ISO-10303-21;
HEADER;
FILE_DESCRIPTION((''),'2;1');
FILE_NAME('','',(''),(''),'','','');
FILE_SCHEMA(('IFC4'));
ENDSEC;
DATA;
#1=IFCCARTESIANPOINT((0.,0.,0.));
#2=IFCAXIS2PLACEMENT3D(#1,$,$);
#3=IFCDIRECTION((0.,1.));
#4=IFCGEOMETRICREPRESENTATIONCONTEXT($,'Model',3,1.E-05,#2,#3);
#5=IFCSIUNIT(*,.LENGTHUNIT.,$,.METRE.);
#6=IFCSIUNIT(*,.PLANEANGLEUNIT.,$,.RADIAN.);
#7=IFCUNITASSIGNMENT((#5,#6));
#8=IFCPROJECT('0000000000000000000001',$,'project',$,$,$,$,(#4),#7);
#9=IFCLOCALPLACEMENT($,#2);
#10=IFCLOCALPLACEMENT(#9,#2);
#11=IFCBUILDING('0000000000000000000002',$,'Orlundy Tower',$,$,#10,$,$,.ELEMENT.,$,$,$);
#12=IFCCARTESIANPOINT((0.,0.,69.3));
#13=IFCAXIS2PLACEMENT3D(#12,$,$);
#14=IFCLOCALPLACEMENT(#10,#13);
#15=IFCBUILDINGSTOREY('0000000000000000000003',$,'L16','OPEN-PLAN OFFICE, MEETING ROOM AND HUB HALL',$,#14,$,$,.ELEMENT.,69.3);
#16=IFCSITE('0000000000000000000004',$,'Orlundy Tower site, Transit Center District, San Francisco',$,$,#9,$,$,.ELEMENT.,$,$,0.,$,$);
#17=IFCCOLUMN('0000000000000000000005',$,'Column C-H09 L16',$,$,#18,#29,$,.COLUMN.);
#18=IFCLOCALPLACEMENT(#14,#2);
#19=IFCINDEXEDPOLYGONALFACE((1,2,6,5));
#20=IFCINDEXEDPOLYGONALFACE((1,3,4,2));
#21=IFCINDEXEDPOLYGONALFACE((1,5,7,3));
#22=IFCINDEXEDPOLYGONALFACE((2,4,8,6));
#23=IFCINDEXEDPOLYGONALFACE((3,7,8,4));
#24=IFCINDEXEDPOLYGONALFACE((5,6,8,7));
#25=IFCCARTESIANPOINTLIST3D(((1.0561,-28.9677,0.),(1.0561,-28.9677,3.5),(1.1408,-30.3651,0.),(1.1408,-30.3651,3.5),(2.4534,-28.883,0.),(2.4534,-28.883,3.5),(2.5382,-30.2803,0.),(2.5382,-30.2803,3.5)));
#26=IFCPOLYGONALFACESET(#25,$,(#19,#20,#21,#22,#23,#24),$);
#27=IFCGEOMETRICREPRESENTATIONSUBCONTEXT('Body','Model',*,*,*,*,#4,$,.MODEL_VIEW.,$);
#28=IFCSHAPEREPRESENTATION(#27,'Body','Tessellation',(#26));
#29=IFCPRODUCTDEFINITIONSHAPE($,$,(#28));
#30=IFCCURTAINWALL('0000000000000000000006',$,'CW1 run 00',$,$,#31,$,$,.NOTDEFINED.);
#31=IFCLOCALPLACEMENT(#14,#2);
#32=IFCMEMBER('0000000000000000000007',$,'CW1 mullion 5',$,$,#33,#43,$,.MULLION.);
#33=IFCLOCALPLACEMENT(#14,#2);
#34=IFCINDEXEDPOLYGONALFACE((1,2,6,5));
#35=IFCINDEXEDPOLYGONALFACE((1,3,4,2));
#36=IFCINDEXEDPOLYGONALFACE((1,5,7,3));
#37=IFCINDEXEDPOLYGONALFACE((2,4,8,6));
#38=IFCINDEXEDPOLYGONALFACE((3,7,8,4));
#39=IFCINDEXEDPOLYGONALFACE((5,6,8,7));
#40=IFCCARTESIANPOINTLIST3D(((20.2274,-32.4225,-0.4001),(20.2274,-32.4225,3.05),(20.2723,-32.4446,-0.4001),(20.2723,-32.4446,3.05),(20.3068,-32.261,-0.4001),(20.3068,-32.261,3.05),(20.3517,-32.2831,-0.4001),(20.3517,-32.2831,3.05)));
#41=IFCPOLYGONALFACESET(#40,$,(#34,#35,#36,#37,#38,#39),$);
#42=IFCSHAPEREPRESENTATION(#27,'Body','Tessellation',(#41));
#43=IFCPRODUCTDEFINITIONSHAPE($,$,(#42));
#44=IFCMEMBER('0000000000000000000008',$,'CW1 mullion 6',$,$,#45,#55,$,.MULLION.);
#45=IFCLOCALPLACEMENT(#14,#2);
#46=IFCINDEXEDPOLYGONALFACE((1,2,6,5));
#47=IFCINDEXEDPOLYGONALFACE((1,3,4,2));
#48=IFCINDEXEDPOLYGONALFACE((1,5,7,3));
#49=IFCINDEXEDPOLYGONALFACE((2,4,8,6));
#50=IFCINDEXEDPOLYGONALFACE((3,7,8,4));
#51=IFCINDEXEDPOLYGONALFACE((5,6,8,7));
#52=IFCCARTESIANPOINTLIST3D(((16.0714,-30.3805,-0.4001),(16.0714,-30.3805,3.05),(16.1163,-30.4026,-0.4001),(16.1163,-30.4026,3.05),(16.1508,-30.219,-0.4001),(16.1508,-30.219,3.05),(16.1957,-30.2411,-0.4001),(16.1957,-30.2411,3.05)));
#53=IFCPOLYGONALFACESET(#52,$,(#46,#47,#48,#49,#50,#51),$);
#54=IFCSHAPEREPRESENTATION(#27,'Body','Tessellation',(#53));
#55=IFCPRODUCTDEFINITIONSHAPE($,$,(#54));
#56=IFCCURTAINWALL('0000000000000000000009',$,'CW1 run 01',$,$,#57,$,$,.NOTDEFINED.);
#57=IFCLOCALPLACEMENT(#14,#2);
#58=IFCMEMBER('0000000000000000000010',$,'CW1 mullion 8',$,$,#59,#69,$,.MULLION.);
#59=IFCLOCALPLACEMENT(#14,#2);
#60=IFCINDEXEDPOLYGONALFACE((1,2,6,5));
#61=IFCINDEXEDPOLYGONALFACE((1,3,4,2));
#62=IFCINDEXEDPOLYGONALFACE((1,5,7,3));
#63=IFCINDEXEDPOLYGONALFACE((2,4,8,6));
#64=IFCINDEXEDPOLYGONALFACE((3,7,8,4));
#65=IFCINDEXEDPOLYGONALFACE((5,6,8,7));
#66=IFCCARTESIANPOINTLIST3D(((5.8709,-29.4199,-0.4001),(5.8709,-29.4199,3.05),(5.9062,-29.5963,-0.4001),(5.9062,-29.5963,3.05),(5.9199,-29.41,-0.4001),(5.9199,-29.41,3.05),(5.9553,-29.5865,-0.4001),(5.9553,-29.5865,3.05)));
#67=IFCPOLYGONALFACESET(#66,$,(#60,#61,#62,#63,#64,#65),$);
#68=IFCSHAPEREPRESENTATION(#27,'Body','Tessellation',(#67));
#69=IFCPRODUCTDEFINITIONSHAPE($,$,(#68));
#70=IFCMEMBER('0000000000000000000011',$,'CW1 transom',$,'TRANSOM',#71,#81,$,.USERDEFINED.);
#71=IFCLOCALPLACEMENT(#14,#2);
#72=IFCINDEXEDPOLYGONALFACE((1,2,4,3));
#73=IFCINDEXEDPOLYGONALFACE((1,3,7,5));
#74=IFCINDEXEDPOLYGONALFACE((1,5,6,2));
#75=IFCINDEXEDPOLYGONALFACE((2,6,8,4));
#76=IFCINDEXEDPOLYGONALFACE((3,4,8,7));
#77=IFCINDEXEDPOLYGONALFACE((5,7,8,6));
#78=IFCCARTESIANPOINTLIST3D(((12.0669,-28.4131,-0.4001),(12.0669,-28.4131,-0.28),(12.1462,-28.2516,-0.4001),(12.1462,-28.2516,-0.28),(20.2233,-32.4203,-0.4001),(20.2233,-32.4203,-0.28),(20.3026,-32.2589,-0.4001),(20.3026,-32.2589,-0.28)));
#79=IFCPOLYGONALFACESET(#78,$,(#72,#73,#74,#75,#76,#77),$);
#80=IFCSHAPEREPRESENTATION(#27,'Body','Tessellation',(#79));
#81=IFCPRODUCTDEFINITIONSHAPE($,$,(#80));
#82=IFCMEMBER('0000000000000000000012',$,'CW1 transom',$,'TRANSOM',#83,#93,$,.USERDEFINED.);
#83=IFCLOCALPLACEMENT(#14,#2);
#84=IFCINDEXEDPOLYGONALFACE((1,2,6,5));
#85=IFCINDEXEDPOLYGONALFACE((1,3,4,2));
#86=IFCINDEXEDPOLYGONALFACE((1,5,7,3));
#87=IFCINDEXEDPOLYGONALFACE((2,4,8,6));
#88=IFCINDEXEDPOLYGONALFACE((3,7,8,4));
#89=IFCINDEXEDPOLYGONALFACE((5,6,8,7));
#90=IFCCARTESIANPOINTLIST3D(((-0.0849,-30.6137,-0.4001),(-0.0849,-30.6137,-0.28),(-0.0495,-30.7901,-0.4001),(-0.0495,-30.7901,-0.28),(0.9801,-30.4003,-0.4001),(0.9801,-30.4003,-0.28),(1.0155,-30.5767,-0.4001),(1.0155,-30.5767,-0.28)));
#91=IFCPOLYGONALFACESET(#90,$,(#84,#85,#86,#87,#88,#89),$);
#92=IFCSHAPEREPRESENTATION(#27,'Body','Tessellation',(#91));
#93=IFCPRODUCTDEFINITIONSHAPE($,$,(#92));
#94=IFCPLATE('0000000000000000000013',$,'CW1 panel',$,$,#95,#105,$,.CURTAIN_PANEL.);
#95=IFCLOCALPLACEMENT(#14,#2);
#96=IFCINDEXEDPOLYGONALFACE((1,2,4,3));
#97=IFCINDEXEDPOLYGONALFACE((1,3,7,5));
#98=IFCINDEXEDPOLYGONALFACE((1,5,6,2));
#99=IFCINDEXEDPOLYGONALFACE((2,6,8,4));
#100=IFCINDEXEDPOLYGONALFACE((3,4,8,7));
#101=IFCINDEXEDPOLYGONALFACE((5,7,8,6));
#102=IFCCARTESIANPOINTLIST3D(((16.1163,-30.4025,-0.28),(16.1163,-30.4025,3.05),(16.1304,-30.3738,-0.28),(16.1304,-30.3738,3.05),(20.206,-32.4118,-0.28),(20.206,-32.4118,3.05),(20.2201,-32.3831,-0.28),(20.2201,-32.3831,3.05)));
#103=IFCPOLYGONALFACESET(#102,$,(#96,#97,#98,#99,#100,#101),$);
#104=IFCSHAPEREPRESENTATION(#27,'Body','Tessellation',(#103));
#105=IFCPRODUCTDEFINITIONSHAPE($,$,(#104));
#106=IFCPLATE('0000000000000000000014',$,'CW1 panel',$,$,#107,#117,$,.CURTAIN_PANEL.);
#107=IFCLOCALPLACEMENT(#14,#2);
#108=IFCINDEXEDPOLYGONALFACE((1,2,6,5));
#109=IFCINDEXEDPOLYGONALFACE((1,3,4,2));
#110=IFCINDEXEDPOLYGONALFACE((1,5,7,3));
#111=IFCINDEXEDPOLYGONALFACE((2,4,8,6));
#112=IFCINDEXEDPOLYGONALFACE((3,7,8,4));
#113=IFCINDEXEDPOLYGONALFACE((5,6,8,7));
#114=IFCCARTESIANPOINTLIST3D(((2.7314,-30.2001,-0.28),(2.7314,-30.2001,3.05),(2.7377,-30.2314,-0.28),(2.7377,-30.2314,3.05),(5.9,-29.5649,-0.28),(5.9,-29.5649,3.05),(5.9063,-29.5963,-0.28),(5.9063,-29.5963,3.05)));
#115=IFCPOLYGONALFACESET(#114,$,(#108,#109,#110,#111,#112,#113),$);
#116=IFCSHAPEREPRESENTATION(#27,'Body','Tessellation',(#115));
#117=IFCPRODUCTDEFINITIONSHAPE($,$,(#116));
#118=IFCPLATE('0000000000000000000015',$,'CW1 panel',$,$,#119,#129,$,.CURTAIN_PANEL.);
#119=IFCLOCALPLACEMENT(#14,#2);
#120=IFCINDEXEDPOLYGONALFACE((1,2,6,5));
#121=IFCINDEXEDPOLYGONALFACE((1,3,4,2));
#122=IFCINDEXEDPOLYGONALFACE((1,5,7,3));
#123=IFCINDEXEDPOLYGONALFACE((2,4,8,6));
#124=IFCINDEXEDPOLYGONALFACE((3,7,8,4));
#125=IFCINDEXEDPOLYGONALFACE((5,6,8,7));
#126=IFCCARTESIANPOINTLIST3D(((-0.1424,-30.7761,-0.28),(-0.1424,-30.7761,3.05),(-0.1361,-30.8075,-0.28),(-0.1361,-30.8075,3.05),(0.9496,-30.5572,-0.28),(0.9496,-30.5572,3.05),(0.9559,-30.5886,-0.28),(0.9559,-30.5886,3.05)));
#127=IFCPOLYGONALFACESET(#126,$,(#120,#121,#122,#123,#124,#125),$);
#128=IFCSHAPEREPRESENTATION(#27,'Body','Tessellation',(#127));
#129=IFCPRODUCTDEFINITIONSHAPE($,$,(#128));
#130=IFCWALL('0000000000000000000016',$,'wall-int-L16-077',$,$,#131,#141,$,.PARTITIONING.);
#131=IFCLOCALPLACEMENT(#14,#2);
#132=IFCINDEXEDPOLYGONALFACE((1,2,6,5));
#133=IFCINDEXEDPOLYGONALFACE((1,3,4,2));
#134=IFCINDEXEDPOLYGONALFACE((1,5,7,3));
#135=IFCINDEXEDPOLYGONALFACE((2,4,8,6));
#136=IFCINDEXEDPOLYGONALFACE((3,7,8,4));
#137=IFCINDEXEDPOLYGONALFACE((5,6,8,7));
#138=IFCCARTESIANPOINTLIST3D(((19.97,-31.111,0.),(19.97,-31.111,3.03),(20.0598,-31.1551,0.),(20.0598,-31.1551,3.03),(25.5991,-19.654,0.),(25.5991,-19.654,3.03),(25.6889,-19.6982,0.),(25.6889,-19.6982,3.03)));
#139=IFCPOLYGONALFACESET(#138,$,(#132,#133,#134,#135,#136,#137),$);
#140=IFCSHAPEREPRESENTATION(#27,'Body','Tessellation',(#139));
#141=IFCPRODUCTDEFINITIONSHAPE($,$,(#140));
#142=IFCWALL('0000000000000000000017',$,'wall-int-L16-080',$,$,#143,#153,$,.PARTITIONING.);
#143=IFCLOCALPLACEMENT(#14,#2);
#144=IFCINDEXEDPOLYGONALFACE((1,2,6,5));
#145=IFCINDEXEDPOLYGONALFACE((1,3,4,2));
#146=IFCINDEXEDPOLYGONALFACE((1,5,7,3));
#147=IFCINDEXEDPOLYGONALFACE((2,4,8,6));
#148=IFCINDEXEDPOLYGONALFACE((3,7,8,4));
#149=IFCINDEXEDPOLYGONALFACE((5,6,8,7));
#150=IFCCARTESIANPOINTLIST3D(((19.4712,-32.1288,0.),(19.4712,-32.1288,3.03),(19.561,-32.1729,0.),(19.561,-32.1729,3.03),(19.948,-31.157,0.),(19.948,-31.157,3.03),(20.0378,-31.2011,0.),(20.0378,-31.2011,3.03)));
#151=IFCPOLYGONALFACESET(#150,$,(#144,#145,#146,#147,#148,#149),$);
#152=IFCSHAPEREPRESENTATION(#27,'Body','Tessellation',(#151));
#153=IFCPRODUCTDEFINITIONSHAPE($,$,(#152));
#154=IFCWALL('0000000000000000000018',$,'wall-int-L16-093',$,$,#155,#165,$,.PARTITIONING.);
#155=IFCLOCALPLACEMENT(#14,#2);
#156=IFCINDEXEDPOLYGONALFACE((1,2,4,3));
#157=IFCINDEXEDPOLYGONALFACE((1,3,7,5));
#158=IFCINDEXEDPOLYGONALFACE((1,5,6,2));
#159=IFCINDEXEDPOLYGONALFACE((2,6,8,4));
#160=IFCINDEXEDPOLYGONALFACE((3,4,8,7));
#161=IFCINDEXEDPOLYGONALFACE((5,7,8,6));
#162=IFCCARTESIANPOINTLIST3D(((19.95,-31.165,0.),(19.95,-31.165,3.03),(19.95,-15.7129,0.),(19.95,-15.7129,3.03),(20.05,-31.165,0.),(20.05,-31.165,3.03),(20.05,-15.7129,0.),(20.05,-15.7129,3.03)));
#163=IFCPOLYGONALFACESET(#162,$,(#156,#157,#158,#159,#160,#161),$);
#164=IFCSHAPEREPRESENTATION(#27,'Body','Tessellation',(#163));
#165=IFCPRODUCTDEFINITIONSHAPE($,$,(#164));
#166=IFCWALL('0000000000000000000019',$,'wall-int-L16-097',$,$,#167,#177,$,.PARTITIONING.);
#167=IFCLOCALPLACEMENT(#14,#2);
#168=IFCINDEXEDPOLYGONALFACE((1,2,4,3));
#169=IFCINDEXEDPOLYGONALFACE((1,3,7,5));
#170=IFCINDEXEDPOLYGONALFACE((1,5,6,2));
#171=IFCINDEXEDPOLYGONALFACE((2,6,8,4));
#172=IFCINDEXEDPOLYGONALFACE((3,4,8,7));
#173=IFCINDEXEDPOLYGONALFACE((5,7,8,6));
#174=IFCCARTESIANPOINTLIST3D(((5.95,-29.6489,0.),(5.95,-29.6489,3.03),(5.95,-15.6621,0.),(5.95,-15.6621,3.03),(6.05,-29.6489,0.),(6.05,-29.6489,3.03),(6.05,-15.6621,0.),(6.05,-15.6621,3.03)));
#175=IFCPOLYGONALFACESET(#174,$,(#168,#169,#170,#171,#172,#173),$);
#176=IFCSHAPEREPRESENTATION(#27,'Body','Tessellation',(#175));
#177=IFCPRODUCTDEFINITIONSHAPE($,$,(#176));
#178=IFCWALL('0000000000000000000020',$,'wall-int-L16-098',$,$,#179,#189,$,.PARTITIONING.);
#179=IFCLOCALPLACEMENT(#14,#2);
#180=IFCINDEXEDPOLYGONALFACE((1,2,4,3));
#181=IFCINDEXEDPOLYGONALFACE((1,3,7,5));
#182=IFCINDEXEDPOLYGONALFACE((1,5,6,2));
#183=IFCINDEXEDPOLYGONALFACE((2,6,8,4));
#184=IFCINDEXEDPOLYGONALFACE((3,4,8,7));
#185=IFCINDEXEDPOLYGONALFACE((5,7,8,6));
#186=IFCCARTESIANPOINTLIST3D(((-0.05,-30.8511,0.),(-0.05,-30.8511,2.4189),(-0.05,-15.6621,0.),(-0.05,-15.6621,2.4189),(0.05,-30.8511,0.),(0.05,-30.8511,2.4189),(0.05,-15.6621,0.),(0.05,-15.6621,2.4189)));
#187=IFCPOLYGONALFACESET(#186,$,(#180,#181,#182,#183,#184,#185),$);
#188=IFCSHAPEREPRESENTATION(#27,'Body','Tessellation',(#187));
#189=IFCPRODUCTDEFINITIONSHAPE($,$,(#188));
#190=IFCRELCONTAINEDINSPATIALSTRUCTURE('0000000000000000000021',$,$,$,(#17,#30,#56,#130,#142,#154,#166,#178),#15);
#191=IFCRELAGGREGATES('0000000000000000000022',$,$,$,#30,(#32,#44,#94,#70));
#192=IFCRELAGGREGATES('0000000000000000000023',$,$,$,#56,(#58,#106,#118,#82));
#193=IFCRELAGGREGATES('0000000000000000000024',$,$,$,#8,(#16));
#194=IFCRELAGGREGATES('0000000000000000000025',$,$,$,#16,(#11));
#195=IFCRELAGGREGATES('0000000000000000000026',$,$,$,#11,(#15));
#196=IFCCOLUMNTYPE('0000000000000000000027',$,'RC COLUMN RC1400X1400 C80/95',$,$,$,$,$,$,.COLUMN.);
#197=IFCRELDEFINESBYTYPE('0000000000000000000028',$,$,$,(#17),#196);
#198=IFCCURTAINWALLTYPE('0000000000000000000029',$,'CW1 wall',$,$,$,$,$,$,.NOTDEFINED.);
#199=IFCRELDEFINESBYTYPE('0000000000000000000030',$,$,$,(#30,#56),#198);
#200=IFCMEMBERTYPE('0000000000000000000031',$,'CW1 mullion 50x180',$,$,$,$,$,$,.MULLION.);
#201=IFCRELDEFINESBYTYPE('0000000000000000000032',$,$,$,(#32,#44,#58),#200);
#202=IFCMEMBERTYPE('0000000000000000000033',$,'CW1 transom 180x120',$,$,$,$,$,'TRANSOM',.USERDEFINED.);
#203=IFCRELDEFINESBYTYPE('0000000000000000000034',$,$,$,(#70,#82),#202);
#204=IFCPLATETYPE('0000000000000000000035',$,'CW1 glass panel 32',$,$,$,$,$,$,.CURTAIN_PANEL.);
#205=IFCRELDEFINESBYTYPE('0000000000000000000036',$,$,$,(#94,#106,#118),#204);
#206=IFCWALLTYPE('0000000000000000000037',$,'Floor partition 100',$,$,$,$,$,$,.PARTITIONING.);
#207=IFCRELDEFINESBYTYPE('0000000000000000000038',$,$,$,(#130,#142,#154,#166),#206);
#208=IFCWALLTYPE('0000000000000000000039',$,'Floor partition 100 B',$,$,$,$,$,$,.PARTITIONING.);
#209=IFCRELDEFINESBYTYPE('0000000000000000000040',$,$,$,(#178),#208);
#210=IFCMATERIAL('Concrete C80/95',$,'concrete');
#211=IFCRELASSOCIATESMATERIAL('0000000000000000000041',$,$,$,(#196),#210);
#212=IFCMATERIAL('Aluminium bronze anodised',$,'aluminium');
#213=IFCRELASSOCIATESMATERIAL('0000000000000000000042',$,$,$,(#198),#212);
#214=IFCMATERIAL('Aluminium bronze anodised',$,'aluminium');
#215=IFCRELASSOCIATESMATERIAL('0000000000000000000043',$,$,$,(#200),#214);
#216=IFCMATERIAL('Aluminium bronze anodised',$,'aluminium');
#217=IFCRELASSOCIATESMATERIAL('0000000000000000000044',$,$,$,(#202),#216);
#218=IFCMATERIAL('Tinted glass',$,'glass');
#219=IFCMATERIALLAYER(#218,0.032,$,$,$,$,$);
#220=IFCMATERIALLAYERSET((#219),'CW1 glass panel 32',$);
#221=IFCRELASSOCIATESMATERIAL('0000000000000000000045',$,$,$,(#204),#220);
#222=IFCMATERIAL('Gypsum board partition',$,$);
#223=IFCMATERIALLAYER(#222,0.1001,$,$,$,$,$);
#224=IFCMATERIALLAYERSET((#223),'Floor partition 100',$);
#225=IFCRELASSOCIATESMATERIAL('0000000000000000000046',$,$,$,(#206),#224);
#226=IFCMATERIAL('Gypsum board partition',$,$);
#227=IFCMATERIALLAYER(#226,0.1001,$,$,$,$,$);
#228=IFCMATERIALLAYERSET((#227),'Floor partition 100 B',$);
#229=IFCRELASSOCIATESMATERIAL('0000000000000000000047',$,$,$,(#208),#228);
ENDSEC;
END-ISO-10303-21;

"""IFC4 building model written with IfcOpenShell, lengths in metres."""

from ifc_helpers import new_model, si_unit, direction, frame, frame_2d, origin, origin_2d, place, context, subcontext, project, spatial, rectangle, extrude, material, layer, layer_set, material_profile, profile_set, type_object, element, aggregate, save


model = new_model("IFC4")

# Units and contexts
model_context = context("Model", 3, precision=1e-05, world=origin(), true_north=direction((0.0, 1.0)))
body_context = subcontext(model_context, "Body", "Model", "MODEL_VIEW")
ifc_project = project(units=[si_unit("LENGTHUNIT", "METRE"), si_unit("PLANEANGLEUNIT", "RADIAN")], contexts=[model_context])

# Site, building, storey
site_placement = place(None, origin())
site = spatial("IfcSite", under=ifc_project, at=site_placement, Name="Orlundy Tower site, Transit Center District, San Francisco", CompositionType="ELEMENT", RefElevation=0.0)
building_placement = place(site_placement, origin())
building = spatial("IfcBuilding", under=site, at=building_placement, Name="Orlundy Tower", CompositionType="ELEMENT")
storey_placement = place(building_placement, frame((0.0, 0.0, 69.3)))
storey = spatial("IfcBuildingStorey", under=building, at=storey_placement, Name="L16", Description="OPEN-PLAN OFFICE, MEETING ROOM AND HUB HALL", CompositionType="ELEMENT", Elevation=69.3)

# Column
ifc_material_1 = material(Name="Concrete C80/95", Category="concrete")
ifc_material_profile_1 = material_profile(ifc_material_1, rectangle(XDim=1.3999, YDim=1.3999, at=origin_2d()), Name="RC1400X1400")
ifc_profile_set_1 = profile_set([ifc_material_profile_1], Name="Concrete C80/95")
column_type = type_object("IfcColumnType", Name="RC COLUMN RC1400X1400 C80/95", PredefinedType="COLUMN", material=ifc_profile_set_1)
column_placement = place(storey_placement, frame((1.7971, -29.624, 0.0), z_axis=(0.0, 0.0, 1.0), x_axis=(0.060543, -0.998166, 0.0)))
element("IfcColumn", 1, at=column_placement, inside=storey, type_object=column_type, Name="Column C-H09 L16", PredefinedType="COLUMN", context=body_context, shape_type="SweptSolid", body=[
    extrude(rectangle(XDim=1.3999, YDim=1.3999, at=origin_2d()), origin(), (0.0, 0.0, 1.0), 3.5),
])

# Curtain wall, members
ifc_material_2 = material(Name="Aluminium bronze anodised", Category="aluminium")
curtain_wall_type = type_object("IfcCurtainWallType", Name="CW1 wall", PredefinedType="NOTDEFINED", material=ifc_material_2)
curtain_wall_1_placement = place(storey_placement, origin())
curtain_wall_1 = element("IfcCurtainWall", 2, at=curtain_wall_1_placement, inside=storey, type_object=curtain_wall_type, Name="CW1 run 00", PredefinedType="NOTDEFINED")
ifc_material_3 = material(Name="Aluminium bronze anodised", Category="aluminium")
ifc_material_profile_2 = material_profile(ifc_material_3, rectangle(XDim=0.1799, YDim=0.05, at=origin_2d()), Name="CW1 mullion 50x180")
ifc_profile_set_2 = profile_set([ifc_material_profile_2], Name="Aluminium bronze anodised")
member_type_1 = type_object("IfcMemberType", Name="CW1 mullion 50x180", PredefinedType="MULLION", material=ifc_profile_set_2)
member_1_placement = place(storey_placement, frame((20.2896, -32.3528, -0.4001), z_axis=(0.0, 0.0, 1.0), x_axis=(-0.440969, -0.897522, 0.0)))
member_1 = element("IfcMember", 3, at=member_1_placement, type_object=member_type_1, Name="CW1 mullion 5", PredefinedType="MULLION", context=body_context, shape_type="SweptSolid", body=[
    extrude(rectangle(XDim=0.1799, YDim=0.05, at=origin_2d()), origin(), (0.0, 0.0, 1.0), 3.4502),
])
member_2_placement = place(storey_placement, frame((16.1335, -30.3108, -0.4001), z_axis=(0.0, 0.0, 1.0), x_axis=(-0.440969, -0.897522, 0.0)))
member_2 = element("IfcMember", 4, at=member_2_placement, type_object=member_type_1, Name="CW1 mullion 6", PredefinedType="MULLION", context=body_context, shape_type="SweptSolid", body=[
    extrude(rectangle(XDim=0.1799, YDim=0.05, at=origin_2d()), origin(), (0.0, 0.0, 1.0), 3.4502),
])

# Curtain wall, member
curtain_wall_2_placement = place(storey_placement, origin())
curtain_wall_2 = element("IfcCurtainWall", 5, at=curtain_wall_2_placement, inside=storey, type_object=curtain_wall_type, Name="CW1 run 01", PredefinedType="NOTDEFINED")
member_3_placement = place(storey_placement, frame((5.9131, -29.5032, -0.4001), z_axis=(0.0, 0.0, 1.0), x_axis=(0.196532, -0.980497, 0.0)))
member_3 = element("IfcMember", 6, at=member_3_placement, type_object=member_type_1, Name="CW1 mullion 8", PredefinedType="MULLION", context=body_context, shape_type="SweptSolid", body=[
    extrude(rectangle(XDim=0.1799, YDim=0.05, at=origin_2d()), origin(), (0.0, 0.0, 1.0), 3.4502),
])

# Members
ifc_material_4 = material(Name="Aluminium bronze anodised", Category="aluminium")
ifc_material_profile_3 = material_profile(ifc_material_4, rectangle(XDim=0.1799, YDim=0.1201, at=origin_2d()), Name="CW1 transom 180x120")
ifc_profile_set_3 = profile_set([ifc_material_profile_3], Name="Aluminium bronze anodised")
member_type_2 = type_object("IfcMemberType", Name="CW1 transom 180x120", ElementType="TRANSOM", PredefinedType="USERDEFINED", material=ifc_profile_set_3)
member_4_placement = place(storey_placement, frame((20.2629, -32.3396, -0.3401), z_axis=(-0.897527, 0.440959, 0.0), x_axis=(-0.440959, -0.897527, 0.0)))
member_4 = element("IfcMember", 7, at=member_4_placement, type_object=member_type_2, Name="CW1 transom", ObjectType="TRANSOM", PredefinedType="USERDEFINED", context=body_context, shape_type="SweptSolid", body=[
    extrude(rectangle(XDim=0.1799, YDim=0.1201, at=origin_2d()), origin(), (0.0, 0.0, 1.0), 9.0876),
])
member_5_placement = place(storey_placement, frame((0.9978, -30.4885, -0.3401), z_axis=(-0.980511, -0.196462, 0.0), x_axis=(0.196462, -0.980511, 0.0)))
member_5 = element("IfcMember", 8, at=member_5_placement, type_object=member_type_2, Name="CW1 transom", ObjectType="TRANSOM", PredefinedType="USERDEFINED", context=body_context, shape_type="SweptSolid", body=[
    extrude(rectangle(XDim=0.1799, YDim=0.1201, at=origin_2d()), origin(), (0.0, 0.0, 1.0), 1.0862),
])

# Plates
ifc_material_5 = material(Name="Tinted glass", Category="glass")
ifc_layer_1 = layer(ifc_material_5, 0.032)
ifc_layer_set_1 = layer_set([ifc_layer_1], Name="CW1 glass panel 32")
plate_type = type_object("IfcPlateType", Name="CW1 glass panel 32", PredefinedType="CURTAIN_PANEL", material=ifc_layer_set_1)
plate_1_placement = place(storey_placement, frame((18.1682, -31.3928, -0.28), z_axis=(0.0, 0.0, 1.0), x_axis=(-0.897522, 0.440969, 0.0)))
plate_1 = element("IfcPlate", 9, at=plate_1_placement, type_object=plate_type, Name="CW1 panel", PredefinedType="CURTAIN_PANEL", context=body_context, shape_type="SweptSolid", body=[
    extrude(rectangle(XDim=4.5566, YDim=0.032, at=origin_2d()), origin(), (0.0, 0.0, 1.0), 3.3301),
])
aggregate(curtain_wall_1, [member_1, member_2, plate_1, member_4])
plate_2_placement = place(storey_placement, frame((4.3188, -29.8982, -0.28), z_axis=(0.0, 0.0, 1.0), x_axis=(-0.980497, -0.196532, 0.0)))
plate_2 = element("IfcPlate", 10, at=plate_2_placement, type_object=plate_type, Name="CW1 panel", PredefinedType="CURTAIN_PANEL", context=body_context, shape_type="SweptSolid", body=[
    extrude(rectangle(XDim=3.2317, YDim=0.032, at=origin_2d()), origin(), (0.0, 0.0, 1.0), 3.3301),
])
plate_3_placement = place(storey_placement, frame((0.4067, -30.6824, -0.28), z_axis=(0.0, 0.0, 1.0), x_axis=(-0.980497, -0.196532, 0.0)))
plate_3 = element("IfcPlate", 11, at=plate_3_placement, type_object=plate_type, Name="CW1 panel", PredefinedType="CURTAIN_PANEL", context=body_context, shape_type="SweptSolid", body=[
    extrude(rectangle(XDim=1.1138, YDim=0.032, at=origin_2d()), origin(), (0.0, 0.0, 1.0), 3.3301),
])
aggregate(curtain_wall_2, [member_3, plate_2, plate_3, member_5])

# Walls
ifc_material_6 = material(Name="Gypsum board partition")
ifc_layer_2 = layer(ifc_material_6, 0.1001)
ifc_layer_set_2 = layer_set([ifc_layer_2], Name="Floor partition 100")
wall_type_1 = type_object("IfcWallType", Name="Floor partition 100", PredefinedType="PARTITIONING", material=ifc_layer_set_2)
wall_1_placement = place(storey_placement, frame((20.0149, -31.1331, 0.0), z_axis=(0.0, 0.0, 1.0), x_axis=(0.440976, 0.897519, 0.0)))
element("IfcWall", 12, at=wall_1_placement, inside=storey, type_object=wall_type_1, Name="wall-int-L16-077", PredefinedType="PARTITIONING", context=body_context, shape_type="SweptSolid", body=[
    extrude(rectangle(XDim=12.7651, YDim=0.1001, at=frame_2d((6.3826, 0.0))), origin(), (0.0, 0.0, 1.0), 3.03),
])
wall_2_placement = place(storey_placement, frame((19.5161, -32.1509, 0.0), z_axis=(0.0, 0.0, 1.0), x_axis=(0.440435, 0.897784, 0.0)))
element("IfcWall", 13, at=wall_2_placement, inside=storey, type_object=wall_type_1, Name="wall-int-L16-080", PredefinedType="PARTITIONING", context=body_context, shape_type="SweptSolid", body=[
    extrude(rectangle(XDim=1.0825, YDim=0.1001, at=frame_2d((0.5413, 0.0))), origin(), (0.0, 0.0, 1.0), 3.03),
])
wall_3_placement = place(storey_placement, frame((20.0, -31.165, 0.0), z_axis=(0.0, 0.0, 1.0), x_axis=(0.0, 1.0, 0.0)))
element("IfcWall", 14, at=wall_3_placement, inside=storey, type_object=wall_type_1, Name="wall-int-L16-093", PredefinedType="PARTITIONING", context=body_context, shape_type="SweptSolid", body=[
    extrude(rectangle(XDim=15.4521, YDim=0.1001, at=frame_2d((7.7261, 0.0))), origin(), (0.0, 0.0, 1.0), 3.03),
])
wall_4_placement = place(storey_placement, frame((6.0, -29.6489, 0.0), z_axis=(0.0, 0.0, 1.0), x_axis=(0.0, 1.0, 0.0)))
element("IfcWall", 15, at=wall_4_placement, inside=storey, type_object=wall_type_1, Name="wall-int-L16-097", PredefinedType="PARTITIONING", context=body_context, shape_type="SweptSolid", body=[
    extrude(rectangle(XDim=13.9868, YDim=0.1001, at=frame_2d((6.9934, 0.0))), origin(), (0.0, 0.0, 1.0), 3.03),
])
ifc_material_7 = material(Name="Gypsum board partition")
ifc_layer_3 = layer(ifc_material_7, 0.1001)
ifc_layer_set_3 = layer_set([ifc_layer_3], Name="Floor partition 100 B")
wall_type_2 = type_object("IfcWallType", Name="Floor partition 100 B", PredefinedType="PARTITIONING", material=ifc_layer_set_3)
wall_5_placement = place(storey_placement, frame((0.0, -30.8511, 0.0), z_axis=(0.0, 0.0, 1.0), x_axis=(0.0, 1.0, 0.0)))
element("IfcWall", 16, at=wall_5_placement, inside=storey, type_object=wall_type_2, Name="wall-int-L16-098", PredefinedType="PARTITIONING", context=body_context, shape_type="SweptSolid", body=[
    extrude(rectangle(XDim=15.189, YDim=0.1001, at=frame_2d((7.5945, 0.0))), origin(), (0.0, 0.0, 1.0), 2.4189),
])

save(model, "model.ifc")
